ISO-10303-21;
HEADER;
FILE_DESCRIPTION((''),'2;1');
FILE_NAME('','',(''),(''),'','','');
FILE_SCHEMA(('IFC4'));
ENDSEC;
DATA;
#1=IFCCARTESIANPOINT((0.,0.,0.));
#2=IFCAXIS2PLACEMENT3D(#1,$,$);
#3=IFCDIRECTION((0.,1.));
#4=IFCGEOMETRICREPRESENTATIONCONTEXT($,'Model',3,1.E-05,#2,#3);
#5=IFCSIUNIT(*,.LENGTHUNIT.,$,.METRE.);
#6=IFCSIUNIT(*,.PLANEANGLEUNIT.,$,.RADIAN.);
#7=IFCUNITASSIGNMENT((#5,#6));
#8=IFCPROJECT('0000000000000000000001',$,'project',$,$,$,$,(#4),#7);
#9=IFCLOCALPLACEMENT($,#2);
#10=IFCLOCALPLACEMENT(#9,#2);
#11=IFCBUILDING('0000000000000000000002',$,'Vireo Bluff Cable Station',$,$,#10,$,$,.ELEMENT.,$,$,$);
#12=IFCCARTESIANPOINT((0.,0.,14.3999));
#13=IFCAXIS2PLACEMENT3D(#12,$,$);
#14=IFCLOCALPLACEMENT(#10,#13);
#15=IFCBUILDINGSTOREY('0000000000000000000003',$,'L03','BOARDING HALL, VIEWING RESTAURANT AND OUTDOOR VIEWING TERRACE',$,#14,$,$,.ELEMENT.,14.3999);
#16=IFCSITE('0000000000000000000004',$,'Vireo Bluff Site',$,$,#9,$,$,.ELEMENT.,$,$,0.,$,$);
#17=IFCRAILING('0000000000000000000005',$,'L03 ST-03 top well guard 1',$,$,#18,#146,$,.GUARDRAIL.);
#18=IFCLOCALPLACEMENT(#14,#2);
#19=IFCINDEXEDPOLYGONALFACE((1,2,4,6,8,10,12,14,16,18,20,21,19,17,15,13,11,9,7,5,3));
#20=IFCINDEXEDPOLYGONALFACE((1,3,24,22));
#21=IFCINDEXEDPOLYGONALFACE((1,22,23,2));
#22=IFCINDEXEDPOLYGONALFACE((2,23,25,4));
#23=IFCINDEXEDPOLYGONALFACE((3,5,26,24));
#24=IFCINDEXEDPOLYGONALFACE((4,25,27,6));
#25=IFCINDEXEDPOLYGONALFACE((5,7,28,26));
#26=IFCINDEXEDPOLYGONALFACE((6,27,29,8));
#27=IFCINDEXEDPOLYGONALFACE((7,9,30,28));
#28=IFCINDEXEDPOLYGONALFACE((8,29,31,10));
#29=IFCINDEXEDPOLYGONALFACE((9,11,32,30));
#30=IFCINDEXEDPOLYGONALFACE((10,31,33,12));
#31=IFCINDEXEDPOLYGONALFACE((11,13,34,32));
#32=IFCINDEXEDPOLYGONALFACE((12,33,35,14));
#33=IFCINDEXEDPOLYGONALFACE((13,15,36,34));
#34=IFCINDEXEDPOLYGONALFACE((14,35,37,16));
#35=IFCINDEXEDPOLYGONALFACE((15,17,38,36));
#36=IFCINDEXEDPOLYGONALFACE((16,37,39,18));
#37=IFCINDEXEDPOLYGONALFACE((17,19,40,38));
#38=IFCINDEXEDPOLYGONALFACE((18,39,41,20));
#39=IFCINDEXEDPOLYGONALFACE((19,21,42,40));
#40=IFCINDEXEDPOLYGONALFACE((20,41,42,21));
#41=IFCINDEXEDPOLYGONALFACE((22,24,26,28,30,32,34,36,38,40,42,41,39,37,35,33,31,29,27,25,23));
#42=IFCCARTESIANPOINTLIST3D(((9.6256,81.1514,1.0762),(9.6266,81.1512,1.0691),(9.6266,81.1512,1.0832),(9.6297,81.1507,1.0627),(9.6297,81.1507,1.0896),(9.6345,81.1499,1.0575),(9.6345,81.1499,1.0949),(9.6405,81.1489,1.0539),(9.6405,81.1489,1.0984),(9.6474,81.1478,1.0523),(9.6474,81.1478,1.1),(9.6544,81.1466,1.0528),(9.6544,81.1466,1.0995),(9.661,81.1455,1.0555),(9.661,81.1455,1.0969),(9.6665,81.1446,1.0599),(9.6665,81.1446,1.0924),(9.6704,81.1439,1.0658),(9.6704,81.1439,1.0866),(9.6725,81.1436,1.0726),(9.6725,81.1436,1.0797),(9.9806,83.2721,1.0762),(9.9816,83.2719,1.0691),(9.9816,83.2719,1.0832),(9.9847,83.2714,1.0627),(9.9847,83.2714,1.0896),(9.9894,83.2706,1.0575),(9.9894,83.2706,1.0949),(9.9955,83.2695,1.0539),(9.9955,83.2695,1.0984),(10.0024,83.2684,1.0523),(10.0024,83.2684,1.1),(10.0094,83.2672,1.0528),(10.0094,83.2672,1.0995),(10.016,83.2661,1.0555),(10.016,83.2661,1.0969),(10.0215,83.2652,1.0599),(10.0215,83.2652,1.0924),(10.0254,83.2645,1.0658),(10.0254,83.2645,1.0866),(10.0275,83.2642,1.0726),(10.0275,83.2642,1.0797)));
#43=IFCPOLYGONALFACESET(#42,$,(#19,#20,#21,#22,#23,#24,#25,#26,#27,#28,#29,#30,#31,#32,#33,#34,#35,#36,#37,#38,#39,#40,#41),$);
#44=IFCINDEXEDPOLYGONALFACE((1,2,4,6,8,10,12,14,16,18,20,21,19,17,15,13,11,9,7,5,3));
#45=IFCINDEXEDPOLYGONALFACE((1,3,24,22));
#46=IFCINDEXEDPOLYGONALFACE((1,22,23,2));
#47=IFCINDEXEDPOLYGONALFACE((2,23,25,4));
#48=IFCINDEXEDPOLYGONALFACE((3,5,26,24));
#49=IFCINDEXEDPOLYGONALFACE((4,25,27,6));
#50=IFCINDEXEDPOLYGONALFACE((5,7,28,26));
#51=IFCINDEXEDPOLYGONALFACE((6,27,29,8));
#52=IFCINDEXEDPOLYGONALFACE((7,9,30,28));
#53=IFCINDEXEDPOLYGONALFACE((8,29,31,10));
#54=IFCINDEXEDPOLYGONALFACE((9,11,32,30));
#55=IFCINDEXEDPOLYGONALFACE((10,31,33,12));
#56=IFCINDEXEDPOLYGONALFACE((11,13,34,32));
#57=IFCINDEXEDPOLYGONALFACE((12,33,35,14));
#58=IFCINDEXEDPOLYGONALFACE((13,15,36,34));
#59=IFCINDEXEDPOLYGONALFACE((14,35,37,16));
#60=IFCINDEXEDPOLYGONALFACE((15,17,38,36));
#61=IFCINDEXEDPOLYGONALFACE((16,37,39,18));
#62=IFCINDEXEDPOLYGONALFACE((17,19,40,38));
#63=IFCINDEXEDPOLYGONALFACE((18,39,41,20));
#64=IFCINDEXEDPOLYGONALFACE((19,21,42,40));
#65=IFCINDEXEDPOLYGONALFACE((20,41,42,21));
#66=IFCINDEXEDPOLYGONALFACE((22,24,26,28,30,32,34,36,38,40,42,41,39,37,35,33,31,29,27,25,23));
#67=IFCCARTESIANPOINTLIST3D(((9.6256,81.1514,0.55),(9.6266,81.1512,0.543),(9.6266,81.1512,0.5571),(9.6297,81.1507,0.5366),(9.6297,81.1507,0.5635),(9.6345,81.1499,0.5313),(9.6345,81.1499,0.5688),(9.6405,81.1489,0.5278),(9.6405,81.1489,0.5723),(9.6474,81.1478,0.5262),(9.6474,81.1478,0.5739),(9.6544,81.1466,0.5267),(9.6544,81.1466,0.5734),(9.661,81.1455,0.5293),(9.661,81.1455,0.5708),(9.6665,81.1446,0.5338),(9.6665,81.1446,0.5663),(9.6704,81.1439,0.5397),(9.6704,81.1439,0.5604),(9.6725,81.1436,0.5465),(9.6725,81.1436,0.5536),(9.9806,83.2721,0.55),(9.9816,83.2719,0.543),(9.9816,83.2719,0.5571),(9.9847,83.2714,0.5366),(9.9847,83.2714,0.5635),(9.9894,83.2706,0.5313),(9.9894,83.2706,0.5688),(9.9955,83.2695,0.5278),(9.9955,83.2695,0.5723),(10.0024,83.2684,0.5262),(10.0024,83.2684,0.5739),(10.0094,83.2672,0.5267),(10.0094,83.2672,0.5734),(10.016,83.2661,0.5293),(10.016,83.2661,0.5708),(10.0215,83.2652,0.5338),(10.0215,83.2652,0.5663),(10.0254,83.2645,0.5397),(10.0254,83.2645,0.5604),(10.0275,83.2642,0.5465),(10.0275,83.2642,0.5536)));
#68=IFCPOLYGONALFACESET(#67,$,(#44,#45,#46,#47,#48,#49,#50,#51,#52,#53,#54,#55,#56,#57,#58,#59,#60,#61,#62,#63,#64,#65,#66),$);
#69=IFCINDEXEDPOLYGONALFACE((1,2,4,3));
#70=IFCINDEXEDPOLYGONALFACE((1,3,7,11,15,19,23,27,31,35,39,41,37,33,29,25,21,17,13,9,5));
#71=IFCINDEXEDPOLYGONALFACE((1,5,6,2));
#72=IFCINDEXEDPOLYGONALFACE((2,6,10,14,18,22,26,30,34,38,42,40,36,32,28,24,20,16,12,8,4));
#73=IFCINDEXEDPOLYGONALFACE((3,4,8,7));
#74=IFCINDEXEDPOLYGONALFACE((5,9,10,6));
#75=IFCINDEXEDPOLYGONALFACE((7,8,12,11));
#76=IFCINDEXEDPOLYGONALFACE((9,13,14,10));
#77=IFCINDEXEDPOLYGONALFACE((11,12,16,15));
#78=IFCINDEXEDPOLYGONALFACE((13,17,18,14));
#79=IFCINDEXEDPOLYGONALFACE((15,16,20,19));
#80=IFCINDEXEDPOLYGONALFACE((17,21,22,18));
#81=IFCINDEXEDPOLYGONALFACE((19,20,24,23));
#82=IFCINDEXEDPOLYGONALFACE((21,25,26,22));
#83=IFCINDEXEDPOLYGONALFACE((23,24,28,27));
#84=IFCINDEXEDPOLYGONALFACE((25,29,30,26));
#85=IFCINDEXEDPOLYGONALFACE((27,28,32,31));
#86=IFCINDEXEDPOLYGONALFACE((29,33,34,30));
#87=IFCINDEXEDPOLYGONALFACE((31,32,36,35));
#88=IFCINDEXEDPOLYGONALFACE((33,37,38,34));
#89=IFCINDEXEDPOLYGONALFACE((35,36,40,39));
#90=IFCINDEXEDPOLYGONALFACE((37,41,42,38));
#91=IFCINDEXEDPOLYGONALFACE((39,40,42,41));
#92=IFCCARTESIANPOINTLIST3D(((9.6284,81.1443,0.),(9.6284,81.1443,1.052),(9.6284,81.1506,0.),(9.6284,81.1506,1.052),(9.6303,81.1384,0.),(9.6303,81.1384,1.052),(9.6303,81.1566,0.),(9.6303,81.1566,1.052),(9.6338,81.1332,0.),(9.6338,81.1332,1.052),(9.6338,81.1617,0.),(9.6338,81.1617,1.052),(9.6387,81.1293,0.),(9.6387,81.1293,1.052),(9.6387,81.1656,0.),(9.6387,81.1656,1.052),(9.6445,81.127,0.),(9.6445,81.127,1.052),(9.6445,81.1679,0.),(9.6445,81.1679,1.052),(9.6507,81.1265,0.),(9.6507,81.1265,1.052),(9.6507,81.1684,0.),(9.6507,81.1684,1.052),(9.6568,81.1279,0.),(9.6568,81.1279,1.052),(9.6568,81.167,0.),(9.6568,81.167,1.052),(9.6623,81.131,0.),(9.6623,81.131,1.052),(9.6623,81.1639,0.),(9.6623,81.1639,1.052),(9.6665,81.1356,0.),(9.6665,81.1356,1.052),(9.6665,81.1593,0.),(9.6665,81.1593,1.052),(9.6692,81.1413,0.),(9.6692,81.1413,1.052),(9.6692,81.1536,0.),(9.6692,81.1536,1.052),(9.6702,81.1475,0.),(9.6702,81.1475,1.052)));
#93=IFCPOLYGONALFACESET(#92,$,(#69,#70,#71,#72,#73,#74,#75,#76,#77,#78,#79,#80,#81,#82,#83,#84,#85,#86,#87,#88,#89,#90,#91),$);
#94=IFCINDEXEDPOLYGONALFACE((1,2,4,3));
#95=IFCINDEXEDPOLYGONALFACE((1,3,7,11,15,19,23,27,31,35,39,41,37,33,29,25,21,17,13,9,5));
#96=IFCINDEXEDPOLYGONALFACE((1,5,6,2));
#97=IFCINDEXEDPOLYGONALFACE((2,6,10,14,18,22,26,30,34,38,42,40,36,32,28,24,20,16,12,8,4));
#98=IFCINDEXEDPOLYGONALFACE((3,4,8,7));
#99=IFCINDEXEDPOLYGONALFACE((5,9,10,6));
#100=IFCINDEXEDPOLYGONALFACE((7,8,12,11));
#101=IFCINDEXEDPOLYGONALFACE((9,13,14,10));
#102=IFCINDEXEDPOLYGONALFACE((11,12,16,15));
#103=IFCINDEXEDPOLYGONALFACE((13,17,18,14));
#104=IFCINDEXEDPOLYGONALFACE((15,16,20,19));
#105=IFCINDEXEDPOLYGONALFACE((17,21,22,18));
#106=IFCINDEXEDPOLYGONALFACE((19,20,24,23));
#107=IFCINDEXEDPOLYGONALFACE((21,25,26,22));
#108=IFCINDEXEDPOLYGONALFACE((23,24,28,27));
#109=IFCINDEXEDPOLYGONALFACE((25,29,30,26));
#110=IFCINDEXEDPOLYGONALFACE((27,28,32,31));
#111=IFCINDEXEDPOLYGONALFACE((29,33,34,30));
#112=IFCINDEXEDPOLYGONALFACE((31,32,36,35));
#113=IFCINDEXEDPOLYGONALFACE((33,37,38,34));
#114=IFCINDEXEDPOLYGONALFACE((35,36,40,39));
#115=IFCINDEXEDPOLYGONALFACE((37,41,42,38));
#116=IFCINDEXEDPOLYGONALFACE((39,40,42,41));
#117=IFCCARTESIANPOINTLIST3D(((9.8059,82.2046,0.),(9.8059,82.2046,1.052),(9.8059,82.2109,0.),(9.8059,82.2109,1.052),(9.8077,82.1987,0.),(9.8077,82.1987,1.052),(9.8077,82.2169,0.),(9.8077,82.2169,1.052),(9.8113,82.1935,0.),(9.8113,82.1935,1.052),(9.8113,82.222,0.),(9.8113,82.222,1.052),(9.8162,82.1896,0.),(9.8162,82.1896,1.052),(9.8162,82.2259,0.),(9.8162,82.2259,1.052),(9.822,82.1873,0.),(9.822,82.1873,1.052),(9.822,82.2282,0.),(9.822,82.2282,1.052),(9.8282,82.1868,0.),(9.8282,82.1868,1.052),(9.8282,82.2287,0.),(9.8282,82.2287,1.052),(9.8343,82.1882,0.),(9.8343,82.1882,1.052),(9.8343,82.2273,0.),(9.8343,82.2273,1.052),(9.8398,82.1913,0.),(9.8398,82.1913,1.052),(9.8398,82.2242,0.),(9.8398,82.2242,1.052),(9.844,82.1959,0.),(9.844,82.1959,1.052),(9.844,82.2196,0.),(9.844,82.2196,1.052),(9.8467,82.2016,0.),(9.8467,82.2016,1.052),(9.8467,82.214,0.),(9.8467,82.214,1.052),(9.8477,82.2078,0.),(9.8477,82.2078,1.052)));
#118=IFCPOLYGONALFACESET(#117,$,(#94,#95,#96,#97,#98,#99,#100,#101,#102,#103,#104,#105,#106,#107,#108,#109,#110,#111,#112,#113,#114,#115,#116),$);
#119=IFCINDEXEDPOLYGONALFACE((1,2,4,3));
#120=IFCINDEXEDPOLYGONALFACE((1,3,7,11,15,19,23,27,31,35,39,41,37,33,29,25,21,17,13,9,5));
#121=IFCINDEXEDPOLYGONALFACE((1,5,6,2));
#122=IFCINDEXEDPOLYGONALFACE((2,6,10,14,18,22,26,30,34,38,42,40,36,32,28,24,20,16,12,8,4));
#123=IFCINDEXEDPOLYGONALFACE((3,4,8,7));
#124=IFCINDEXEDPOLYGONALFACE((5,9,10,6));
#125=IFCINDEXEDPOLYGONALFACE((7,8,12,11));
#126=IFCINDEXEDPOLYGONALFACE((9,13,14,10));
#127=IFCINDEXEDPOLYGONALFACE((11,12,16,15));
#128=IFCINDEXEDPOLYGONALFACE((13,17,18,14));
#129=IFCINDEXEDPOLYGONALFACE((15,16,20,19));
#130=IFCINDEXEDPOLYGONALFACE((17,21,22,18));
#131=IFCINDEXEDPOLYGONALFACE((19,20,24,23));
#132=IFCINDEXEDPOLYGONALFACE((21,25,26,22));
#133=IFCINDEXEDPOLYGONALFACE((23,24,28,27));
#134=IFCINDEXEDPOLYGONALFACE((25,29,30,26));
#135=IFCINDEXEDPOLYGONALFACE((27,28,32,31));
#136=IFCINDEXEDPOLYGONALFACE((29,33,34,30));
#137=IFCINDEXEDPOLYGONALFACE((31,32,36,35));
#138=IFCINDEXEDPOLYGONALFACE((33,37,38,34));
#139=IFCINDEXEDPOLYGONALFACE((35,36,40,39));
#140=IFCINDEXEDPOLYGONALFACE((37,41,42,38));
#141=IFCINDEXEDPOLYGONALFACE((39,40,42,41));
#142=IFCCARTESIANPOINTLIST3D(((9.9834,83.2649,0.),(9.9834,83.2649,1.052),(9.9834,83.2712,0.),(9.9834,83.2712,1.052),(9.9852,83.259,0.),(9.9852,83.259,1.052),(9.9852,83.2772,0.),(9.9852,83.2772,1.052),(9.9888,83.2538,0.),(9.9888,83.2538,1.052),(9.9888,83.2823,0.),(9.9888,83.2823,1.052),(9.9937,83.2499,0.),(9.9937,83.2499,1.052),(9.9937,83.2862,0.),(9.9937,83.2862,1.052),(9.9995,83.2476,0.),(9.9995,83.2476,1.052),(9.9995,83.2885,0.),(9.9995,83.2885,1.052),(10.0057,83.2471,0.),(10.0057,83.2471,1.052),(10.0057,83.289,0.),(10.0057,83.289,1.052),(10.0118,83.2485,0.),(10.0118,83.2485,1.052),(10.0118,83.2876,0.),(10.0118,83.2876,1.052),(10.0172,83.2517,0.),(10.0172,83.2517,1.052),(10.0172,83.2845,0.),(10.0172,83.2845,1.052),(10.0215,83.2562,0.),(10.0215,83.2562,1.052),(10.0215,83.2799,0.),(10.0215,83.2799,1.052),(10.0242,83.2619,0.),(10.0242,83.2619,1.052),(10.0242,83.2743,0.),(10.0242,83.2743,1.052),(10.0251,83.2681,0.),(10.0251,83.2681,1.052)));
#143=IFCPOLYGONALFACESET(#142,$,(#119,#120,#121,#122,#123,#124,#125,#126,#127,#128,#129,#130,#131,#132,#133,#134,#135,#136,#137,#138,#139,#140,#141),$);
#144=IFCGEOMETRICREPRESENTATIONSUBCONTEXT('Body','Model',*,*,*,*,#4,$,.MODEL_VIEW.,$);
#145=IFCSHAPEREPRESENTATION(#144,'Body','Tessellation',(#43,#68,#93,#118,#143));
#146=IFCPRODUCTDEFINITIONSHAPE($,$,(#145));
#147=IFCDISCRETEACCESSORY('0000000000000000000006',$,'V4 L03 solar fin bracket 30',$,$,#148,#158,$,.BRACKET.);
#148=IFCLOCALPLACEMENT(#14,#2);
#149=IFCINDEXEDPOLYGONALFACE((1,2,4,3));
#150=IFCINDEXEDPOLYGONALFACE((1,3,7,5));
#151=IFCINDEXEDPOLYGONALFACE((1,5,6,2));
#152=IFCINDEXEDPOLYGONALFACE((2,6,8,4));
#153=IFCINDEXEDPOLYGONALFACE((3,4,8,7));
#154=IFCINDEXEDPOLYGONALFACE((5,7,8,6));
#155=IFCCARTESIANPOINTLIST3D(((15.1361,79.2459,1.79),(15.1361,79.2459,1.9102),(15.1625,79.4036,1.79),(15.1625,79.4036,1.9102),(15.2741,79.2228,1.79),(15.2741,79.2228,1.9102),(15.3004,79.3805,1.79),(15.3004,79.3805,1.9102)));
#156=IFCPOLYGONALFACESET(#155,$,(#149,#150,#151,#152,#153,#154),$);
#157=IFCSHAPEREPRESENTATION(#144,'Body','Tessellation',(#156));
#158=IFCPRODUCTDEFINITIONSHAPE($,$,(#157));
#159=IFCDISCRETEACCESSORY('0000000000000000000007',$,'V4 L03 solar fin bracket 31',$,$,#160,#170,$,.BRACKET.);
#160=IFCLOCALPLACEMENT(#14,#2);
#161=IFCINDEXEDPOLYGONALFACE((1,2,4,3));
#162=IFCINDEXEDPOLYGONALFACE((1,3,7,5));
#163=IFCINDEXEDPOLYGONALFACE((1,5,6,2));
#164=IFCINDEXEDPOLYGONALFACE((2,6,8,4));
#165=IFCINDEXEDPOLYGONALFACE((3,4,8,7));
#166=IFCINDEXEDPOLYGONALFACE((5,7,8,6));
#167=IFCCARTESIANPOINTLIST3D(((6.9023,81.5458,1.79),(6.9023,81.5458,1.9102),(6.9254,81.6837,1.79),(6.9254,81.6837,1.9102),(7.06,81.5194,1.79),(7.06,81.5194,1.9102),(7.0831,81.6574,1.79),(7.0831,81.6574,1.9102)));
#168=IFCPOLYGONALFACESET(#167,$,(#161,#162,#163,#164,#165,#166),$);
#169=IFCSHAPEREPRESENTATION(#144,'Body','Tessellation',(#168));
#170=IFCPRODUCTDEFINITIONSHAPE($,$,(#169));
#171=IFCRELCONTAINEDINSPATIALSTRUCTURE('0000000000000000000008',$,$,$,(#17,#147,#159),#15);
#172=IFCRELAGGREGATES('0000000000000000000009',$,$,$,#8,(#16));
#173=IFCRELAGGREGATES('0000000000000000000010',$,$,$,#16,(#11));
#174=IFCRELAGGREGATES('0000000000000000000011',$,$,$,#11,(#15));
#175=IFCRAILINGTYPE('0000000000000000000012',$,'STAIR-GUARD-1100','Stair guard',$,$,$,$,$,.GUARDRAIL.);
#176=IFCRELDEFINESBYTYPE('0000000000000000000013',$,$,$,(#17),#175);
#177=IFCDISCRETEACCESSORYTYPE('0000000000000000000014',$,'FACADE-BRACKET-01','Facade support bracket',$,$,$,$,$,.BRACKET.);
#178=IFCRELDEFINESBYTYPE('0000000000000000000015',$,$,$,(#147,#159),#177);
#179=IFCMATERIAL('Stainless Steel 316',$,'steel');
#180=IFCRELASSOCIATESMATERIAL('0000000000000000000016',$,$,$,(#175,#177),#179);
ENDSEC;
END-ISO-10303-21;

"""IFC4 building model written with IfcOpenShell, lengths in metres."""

from ifc_helpers import new_model, si_unit, direction, frame, origin, origin_2d, place, context, subcontext, project, spatial, rectangle, circle, extrude, material, type_object, element, save


model = new_model("IFC4")

# Units and contexts
model_context = context("Model", 3, precision=1e-05, world=origin(), true_north=direction((0.0, 1.0)))
body_context = subcontext(model_context, "Body", "Model", "MODEL_VIEW")
ifc_project = project(units=[si_unit("LENGTHUNIT", "METRE"), si_unit("PLANEANGLEUNIT", "RADIAN")], contexts=[model_context])

# Site, building, storey
site_placement = place(None, origin())
site = spatial("IfcSite", under=ifc_project, at=site_placement, Name="Vireo Bluff Site", CompositionType="ELEMENT", RefElevation=0.0)
building_placement = place(site_placement, origin())
building = spatial("IfcBuilding", under=site, at=building_placement, Name="Vireo Bluff Cable Station", CompositionType="ELEMENT")
storey_placement = place(building_placement, frame((0.0, 0.0, 14.3999)))
storey = spatial("IfcBuildingStorey", under=building, at=storey_placement, Name="L03", Description="BOARDING HALL, VIEWING RESTAURANT AND OUTDOOR VIEWING TERRACE", CompositionType="ELEMENT", Elevation=14.3999)

# Shared definitions
ifc_material_1 = material(Name="Stainless Steel 316", Category="steel")

# Railing
railing_type = type_object("IfcRailingType", Name="STAIR-GUARD-1100", Description="Stair guard", PredefinedType="GUARDRAIL", material=ifc_material_1)
railing_placement = place(storey_placement, frame((9.6492, 81.1475, 0.0)))
element("IfcRailing", 1, at=railing_placement, inside=storey, type_object=railing_type, Name="L03 ST-03 top well guard 1", PredefinedType="GUARDRAIL", context=body_context, shape_type="SweptSolid", body=[
    extrude(circle(Radius=0.0239, at=origin_2d()), frame((0.0, 0.0, 1.0762), z_axis=(0.165099, 0.986277, 0.0), x_axis=(-0.986277, 0.165099, 0.0)), (0.0, 0.0, 1.0), 2.1501),
    extrude(circle(Radius=0.0239, at=origin_2d()), frame((0.0, 0.0, 0.55), z_axis=(0.165099, 0.986277, 0.0), x_axis=(-0.986277, 0.165099, 0.0)), (0.0, 0.0, 1.0), 2.1501),
    extrude(circle(Radius=0.021, at=origin_2d()), origin(), (0.0, 0.0, 1.0), 1.052),
    extrude(circle(Radius=0.021, at=origin_2d()), frame((0.1775, 1.0603, 0.0)), (0.0, 0.0, 1.0), 1.052),
    extrude(circle(Radius=0.021, at=origin_2d()), frame((0.355, 2.1206, 0.0)), (0.0, 0.0, 1.0), 1.052),
])

# Discrete accessories
discrete_accessory_type = type_object("IfcDiscreteAccessoryType", Name="FACADE-BRACKET-01", Description="Facade support bracket", PredefinedType="BRACKET", material=ifc_material_1)
for number, where, z_axis, x_axis, name in (
    (2, (15.2183, 79.3132, 1.79), (0.0, 0.0, 1.0), (-0.986286, 0.165048, 0.0), "V4 L03 solar fin bracket 30"),
    (3, (6.9927, 81.6016, 1.79), (0.0, 0.0, 1.0), (0.165048, 0.986286, 0.0), "V4 L03 solar fin bracket 31"),
):
    element("IfcDiscreteAccessory", number, at=place(storey_placement, frame(where, z_axis=z_axis, x_axis=x_axis)), inside=storey, type_object=discrete_accessory_type, Name=name, PredefinedType="BRACKET", context=body_context, shape_type="SweptSolid", body=[
        extrude(rectangle(XDim=0.1399, YDim=0.1599, at=origin_2d()), origin(), (0.0, 0.0, 1.0), 0.1201),
    ])

save(model, "model.ifc")
